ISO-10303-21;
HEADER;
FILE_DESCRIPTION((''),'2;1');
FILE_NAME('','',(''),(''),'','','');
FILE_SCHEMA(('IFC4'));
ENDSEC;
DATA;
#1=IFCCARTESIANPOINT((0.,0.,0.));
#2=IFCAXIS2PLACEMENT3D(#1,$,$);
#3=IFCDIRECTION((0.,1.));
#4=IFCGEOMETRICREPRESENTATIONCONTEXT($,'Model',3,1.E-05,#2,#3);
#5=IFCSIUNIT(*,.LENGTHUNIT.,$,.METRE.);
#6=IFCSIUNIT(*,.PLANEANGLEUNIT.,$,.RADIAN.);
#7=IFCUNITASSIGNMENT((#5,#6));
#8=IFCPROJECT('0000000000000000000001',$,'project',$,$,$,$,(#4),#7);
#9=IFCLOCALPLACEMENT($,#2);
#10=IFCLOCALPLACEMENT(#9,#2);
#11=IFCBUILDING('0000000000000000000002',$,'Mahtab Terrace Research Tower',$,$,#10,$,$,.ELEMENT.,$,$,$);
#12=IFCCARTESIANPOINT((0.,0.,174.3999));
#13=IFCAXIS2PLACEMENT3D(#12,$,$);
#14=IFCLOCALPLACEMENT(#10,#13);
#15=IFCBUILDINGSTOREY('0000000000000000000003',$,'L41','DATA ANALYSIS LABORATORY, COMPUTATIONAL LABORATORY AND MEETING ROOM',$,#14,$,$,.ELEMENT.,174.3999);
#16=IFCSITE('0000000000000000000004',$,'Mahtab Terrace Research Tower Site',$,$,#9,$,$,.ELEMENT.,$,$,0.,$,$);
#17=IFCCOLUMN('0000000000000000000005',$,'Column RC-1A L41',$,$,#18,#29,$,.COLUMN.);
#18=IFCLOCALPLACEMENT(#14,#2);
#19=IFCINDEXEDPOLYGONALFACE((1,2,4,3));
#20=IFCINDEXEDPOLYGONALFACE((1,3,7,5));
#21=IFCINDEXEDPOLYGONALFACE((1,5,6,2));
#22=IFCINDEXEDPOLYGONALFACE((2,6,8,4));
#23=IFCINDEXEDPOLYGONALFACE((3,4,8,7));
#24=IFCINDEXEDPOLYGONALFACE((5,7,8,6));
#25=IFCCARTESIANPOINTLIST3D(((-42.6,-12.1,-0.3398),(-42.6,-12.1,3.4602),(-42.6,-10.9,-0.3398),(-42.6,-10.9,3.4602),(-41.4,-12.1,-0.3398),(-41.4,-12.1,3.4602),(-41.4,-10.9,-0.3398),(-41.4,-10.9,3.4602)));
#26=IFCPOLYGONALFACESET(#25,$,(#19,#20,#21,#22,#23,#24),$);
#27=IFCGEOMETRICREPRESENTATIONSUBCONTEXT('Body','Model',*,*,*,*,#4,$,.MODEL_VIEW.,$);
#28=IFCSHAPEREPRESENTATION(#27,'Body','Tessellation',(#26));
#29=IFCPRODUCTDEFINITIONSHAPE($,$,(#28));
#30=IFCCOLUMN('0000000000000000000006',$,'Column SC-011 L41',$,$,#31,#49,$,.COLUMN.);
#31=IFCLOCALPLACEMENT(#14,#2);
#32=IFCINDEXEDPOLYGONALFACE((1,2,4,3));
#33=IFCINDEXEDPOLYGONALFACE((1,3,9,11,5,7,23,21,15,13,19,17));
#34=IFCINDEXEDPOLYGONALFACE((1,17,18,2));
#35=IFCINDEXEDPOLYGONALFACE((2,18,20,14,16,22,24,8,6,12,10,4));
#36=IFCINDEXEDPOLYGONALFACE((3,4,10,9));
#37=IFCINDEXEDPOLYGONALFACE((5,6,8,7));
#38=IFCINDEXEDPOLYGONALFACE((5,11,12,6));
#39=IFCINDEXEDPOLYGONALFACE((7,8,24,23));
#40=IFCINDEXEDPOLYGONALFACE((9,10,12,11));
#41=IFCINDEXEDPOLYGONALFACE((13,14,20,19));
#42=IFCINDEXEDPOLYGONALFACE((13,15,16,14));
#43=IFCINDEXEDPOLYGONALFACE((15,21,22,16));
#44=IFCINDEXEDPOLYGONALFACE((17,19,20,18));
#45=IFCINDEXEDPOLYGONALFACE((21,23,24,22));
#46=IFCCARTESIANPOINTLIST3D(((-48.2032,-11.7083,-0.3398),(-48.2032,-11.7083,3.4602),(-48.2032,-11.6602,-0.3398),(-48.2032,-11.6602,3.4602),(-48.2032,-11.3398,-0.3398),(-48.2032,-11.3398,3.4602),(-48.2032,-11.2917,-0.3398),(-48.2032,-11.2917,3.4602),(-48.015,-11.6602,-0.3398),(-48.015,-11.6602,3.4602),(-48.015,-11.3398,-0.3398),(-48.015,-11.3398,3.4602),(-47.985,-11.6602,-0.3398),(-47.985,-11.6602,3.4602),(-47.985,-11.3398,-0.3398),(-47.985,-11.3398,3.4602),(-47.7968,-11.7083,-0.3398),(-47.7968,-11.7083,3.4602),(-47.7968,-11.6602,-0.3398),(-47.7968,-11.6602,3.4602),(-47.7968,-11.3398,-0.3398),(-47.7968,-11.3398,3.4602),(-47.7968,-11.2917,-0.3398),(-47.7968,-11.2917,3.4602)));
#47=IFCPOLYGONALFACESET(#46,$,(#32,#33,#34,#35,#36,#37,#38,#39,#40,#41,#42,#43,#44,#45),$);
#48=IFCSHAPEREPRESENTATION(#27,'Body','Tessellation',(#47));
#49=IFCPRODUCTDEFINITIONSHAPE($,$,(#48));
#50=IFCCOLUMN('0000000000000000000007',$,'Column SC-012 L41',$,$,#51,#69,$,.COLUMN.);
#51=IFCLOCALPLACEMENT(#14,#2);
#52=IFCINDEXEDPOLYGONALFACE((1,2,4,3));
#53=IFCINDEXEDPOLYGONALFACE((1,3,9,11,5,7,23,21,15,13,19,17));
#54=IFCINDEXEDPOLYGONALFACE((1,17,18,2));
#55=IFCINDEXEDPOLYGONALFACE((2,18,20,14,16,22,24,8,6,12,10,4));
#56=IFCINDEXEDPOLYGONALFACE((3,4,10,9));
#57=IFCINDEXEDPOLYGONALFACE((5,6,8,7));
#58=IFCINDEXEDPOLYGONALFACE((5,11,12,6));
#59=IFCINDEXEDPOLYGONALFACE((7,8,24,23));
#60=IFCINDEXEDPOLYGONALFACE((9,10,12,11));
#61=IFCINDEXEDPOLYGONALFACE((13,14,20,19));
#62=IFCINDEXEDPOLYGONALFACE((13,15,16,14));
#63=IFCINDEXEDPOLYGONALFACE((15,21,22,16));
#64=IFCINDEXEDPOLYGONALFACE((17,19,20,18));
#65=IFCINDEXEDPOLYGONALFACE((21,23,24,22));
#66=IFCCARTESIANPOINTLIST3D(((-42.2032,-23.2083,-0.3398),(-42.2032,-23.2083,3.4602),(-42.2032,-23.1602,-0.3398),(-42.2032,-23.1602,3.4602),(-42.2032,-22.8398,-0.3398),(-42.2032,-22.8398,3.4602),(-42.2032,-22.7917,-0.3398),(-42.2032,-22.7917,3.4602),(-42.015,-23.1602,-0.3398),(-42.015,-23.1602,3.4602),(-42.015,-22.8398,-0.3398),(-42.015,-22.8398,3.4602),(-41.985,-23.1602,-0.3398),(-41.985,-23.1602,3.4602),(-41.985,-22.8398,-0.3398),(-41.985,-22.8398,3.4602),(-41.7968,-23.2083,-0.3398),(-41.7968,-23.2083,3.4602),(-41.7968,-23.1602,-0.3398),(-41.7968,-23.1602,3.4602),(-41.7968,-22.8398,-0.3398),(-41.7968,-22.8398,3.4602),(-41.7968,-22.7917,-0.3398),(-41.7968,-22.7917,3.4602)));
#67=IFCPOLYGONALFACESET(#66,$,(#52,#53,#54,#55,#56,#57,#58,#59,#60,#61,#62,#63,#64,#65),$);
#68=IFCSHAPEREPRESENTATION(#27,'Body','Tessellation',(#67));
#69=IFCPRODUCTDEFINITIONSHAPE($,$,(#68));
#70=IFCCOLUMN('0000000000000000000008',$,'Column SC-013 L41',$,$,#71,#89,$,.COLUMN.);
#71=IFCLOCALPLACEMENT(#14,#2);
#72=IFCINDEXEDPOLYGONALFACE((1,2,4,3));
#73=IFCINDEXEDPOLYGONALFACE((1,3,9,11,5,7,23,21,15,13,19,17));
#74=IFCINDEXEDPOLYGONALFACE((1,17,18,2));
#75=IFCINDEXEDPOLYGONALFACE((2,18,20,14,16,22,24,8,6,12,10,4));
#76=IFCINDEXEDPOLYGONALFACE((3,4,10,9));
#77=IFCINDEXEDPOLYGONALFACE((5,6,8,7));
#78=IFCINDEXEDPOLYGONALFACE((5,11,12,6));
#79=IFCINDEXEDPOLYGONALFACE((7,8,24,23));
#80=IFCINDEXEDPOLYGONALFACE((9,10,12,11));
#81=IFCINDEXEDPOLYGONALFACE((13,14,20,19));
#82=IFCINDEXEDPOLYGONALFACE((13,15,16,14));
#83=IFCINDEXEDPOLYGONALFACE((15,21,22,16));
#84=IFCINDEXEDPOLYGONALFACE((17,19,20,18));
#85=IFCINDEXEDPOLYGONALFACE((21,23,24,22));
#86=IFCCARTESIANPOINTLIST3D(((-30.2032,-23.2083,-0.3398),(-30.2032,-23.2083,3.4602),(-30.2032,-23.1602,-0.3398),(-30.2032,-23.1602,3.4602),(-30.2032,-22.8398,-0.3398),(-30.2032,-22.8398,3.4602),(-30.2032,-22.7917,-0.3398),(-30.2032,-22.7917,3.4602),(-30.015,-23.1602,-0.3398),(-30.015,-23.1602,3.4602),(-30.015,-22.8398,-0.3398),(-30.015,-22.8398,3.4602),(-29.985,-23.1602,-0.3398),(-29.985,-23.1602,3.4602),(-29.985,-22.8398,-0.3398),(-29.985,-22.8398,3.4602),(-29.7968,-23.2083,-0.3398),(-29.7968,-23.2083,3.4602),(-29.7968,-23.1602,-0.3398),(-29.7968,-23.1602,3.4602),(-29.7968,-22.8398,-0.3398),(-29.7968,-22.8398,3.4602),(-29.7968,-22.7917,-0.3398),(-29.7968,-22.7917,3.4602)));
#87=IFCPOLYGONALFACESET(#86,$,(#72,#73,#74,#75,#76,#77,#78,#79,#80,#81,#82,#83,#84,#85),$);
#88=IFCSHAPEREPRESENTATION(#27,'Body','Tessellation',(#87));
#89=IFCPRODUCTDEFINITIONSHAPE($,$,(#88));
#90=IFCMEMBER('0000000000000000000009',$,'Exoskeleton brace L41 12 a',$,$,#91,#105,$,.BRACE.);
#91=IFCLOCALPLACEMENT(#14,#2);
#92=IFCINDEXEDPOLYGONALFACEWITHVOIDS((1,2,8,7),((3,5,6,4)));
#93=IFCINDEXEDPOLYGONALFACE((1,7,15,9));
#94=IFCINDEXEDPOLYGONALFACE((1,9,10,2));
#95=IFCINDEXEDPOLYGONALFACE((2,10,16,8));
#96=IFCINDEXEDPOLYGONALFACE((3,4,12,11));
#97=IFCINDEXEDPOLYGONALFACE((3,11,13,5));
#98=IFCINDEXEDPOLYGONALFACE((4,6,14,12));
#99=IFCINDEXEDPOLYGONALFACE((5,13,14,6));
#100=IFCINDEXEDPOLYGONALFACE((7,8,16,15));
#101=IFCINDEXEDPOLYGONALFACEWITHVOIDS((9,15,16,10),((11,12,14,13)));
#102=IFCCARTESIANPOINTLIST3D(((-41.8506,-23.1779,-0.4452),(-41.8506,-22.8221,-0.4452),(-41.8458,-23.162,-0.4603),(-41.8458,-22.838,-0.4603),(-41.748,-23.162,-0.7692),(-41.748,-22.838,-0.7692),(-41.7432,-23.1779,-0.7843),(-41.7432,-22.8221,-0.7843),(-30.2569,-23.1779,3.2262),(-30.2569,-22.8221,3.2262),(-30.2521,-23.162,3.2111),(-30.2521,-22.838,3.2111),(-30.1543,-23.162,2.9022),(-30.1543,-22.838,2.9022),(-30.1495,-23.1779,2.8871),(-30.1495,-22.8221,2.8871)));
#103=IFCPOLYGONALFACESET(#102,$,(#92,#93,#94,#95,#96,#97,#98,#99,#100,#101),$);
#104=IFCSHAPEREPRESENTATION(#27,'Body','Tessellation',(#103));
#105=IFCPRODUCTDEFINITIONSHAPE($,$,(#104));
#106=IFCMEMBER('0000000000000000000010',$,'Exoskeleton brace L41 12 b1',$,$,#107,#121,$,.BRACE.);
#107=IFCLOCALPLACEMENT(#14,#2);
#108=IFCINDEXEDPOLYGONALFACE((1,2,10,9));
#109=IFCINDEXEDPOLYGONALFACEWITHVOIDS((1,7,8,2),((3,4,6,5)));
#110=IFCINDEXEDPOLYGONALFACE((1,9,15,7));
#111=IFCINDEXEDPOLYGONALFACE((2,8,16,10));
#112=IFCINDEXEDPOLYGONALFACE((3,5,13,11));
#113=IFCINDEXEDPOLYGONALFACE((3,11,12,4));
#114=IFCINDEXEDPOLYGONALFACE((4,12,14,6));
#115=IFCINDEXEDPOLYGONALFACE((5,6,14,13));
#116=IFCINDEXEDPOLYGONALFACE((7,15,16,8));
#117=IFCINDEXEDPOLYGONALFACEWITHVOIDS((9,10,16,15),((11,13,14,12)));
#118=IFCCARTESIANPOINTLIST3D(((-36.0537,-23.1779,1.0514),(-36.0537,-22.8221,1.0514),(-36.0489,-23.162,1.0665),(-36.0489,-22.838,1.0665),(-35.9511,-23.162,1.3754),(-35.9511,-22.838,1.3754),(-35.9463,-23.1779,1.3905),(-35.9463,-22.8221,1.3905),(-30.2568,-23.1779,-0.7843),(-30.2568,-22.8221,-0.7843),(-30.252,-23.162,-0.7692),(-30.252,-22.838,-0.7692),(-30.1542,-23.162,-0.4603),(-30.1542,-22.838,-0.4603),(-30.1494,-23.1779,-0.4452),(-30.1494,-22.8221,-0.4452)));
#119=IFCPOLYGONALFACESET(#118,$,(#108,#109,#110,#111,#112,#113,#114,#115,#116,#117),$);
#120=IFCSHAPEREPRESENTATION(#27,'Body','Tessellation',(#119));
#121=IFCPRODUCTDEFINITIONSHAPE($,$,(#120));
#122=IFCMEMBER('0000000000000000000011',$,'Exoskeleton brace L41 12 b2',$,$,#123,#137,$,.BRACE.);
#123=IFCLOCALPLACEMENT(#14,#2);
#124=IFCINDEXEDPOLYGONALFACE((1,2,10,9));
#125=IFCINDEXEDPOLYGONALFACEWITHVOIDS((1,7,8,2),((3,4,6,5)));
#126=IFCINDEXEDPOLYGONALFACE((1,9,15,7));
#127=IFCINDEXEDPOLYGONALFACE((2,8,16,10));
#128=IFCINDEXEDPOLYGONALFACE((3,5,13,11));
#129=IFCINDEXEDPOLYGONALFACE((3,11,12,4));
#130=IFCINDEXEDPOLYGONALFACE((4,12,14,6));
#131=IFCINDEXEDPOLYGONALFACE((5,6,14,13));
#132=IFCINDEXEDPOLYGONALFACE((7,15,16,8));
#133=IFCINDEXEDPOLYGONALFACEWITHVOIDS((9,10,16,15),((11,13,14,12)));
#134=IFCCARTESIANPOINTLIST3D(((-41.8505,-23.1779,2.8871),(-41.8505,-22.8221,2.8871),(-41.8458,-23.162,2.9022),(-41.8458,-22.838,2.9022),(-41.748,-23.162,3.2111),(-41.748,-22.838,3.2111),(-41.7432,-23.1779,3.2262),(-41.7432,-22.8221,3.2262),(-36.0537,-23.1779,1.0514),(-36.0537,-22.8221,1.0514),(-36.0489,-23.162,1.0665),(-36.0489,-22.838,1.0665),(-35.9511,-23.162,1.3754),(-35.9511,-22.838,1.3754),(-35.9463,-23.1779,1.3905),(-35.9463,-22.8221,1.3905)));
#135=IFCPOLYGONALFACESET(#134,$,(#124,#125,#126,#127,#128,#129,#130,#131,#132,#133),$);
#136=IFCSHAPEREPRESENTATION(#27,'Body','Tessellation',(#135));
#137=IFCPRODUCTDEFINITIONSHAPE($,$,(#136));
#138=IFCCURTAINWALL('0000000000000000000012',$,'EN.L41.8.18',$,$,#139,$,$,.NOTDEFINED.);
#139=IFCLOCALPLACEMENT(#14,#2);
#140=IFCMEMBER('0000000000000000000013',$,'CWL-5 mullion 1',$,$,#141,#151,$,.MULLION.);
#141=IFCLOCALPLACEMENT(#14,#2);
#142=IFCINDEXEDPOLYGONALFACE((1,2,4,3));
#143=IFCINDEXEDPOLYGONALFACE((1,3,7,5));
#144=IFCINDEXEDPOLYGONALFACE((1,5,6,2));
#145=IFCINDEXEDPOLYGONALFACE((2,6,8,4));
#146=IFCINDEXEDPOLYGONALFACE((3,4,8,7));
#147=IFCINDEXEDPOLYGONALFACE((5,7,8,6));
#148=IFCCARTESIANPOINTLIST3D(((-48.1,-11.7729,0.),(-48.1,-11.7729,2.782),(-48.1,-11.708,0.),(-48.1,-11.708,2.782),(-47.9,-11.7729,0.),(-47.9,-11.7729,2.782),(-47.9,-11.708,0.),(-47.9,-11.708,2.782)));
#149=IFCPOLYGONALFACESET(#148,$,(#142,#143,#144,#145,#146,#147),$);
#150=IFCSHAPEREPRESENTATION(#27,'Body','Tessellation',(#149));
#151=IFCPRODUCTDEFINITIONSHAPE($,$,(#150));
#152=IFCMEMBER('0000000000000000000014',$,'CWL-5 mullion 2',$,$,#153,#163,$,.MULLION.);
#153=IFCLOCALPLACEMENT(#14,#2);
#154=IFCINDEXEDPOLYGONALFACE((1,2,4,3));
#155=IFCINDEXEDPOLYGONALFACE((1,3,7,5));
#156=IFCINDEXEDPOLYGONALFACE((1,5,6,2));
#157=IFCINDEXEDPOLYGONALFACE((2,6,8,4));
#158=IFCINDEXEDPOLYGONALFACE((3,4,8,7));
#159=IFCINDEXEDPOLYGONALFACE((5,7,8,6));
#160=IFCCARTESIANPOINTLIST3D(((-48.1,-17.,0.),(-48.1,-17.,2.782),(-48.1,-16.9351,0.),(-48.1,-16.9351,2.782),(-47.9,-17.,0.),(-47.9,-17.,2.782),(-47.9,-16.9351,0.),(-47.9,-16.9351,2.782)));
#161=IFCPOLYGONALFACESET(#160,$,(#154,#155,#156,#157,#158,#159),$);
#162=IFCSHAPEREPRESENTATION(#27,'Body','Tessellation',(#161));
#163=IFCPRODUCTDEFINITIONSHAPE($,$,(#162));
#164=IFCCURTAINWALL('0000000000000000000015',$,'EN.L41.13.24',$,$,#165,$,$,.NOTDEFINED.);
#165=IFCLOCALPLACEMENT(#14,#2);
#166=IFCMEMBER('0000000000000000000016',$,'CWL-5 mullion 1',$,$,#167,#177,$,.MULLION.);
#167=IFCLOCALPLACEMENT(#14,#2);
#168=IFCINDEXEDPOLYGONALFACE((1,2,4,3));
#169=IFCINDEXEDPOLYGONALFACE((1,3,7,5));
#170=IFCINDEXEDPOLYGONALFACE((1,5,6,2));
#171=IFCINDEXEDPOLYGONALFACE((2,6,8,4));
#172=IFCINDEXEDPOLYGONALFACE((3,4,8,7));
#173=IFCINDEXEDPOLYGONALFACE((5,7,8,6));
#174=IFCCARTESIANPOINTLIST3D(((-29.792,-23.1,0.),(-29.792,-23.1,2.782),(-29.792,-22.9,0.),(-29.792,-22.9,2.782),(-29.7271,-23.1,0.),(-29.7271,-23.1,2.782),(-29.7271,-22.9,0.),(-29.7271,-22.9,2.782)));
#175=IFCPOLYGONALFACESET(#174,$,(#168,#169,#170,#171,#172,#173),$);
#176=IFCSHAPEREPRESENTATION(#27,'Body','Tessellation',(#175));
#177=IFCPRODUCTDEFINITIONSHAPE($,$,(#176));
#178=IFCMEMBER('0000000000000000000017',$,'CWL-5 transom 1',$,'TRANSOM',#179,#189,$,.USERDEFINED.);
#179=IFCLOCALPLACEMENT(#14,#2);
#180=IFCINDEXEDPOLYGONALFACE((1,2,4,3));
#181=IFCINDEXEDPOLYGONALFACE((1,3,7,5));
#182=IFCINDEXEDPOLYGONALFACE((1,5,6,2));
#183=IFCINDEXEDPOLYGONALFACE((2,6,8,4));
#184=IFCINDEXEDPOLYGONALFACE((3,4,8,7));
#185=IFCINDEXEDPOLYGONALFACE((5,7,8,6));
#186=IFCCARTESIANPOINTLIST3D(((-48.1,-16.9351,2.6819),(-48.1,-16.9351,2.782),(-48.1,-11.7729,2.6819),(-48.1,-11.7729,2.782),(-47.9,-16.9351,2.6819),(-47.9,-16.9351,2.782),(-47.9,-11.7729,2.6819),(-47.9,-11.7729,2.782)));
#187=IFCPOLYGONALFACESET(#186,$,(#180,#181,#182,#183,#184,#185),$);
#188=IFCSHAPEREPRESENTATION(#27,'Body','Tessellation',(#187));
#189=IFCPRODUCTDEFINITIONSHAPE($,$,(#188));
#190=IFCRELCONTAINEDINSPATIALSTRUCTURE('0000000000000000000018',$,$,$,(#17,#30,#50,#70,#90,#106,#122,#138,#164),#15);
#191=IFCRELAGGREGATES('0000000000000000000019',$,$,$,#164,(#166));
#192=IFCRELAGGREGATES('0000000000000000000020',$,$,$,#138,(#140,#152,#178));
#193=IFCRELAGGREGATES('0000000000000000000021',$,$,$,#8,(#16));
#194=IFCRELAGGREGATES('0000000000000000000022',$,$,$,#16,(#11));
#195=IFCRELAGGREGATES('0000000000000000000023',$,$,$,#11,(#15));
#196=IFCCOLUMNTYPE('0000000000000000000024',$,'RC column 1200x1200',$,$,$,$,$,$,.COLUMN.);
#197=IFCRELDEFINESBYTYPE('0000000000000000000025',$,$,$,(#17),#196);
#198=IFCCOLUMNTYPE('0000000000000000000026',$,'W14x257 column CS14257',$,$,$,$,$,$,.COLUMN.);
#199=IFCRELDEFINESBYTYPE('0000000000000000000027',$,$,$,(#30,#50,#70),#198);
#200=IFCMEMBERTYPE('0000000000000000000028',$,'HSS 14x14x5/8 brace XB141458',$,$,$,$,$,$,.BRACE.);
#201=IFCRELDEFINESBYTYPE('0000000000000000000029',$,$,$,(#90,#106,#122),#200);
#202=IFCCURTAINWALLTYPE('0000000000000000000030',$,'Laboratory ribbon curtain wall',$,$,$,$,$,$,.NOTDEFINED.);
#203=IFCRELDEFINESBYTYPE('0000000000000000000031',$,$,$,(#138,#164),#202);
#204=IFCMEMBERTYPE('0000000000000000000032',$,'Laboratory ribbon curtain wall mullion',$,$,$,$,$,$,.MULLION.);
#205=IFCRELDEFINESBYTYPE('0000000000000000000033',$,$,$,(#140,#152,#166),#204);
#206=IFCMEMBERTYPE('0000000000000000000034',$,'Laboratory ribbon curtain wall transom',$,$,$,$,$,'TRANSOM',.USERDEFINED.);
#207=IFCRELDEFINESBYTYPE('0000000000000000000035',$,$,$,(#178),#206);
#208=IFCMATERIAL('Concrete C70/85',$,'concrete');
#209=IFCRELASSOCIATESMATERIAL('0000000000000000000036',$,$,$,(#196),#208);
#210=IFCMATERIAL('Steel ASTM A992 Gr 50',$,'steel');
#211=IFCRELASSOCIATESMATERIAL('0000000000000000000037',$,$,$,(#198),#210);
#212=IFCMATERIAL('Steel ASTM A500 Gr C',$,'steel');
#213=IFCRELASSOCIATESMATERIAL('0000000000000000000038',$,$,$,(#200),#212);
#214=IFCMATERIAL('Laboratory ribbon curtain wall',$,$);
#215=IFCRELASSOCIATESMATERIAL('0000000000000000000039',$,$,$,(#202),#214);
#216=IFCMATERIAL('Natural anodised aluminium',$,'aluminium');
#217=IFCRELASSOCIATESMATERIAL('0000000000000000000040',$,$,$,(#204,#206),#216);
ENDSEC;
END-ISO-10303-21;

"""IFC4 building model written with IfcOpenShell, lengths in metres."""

from ifc_helpers import new_model, si_unit, direction, frame, origin, origin_2d, place, context, subcontext, project, spatial, rectangle, hollow_rectangle, i_section, extrude, material, material_profile, profile_set, type_object, element, aggregate, save


model = new_model("IFC4")

# Units and contexts
model_context = context("Model", 3, precision=1e-05, world=origin(), true_north=direction((0.0, 1.0)))
body_context = subcontext(model_context, "Body", "Model", "MODEL_VIEW")
ifc_project = project(units=[si_unit("LENGTHUNIT", "METRE"), si_unit("PLANEANGLEUNIT", "RADIAN")], contexts=[model_context])

# Site, building, storey
site_placement = place(None, origin())
site = spatial("IfcSite", under=ifc_project, at=site_placement, Name="Mahtab Terrace Research Tower Site", CompositionType="ELEMENT", RefElevation=0.0)
building_placement = place(site_placement, origin())
building = spatial("IfcBuilding", under=site, at=building_placement, Name="Mahtab Terrace Research Tower", CompositionType="ELEMENT")
storey_placement = place(building_placement, frame((0.0, 0.0, 174.3999)))
storey = spatial("IfcBuildingStorey", under=building, at=storey_placement, Name="L41", Description="DATA ANALYSIS LABORATORY, COMPUTATIONAL LABORATORY AND MEETING ROOM", CompositionType="ELEMENT", Elevation=174.3999)

# Columns
ifc_material_1 = material(Name="Concrete C70/85", Category="concrete")
ifc_material_profile_1 = material_profile(ifc_material_1, rectangle(XDim=1.2, YDim=1.2, at=origin_2d()), Name="RC column 1200x1200")
ifc_profile_set_1 = profile_set([ifc_material_profile_1], Name="Concrete C70/85")
column_type_1 = type_object("IfcColumnType", Name="RC column 1200x1200", PredefinedType="COLUMN", material=ifc_profile_set_1)
column_placement = place(storey_placement, frame((-42.0, -11.5, -0.3398), z_axis=(0.0, 0.0, 1.0), x_axis=(1.0, 0.0, 0.0)))
element("IfcColumn", 1, at=column_placement, inside=storey, type_object=column_type_1, Name="Column RC-1A L41", PredefinedType="COLUMN", context=body_context, shape_type="SweptSolid", body=[
    extrude(rectangle(XDim=1.2, YDim=1.2, at=origin_2d()), origin(), (0.0, 0.0, 1.0), 3.8),
])
ifc_material_2 = material(Name="Steel ASTM A992 Gr 50", Category="steel")
ifc_material_profile_2 = material_profile(ifc_material_2, i_section(OverallWidth=0.4065, OverallDepth=0.4165, WebThickness=0.03, FlangeThickness=0.0481, at=origin_2d()), Name="W14X257")
ifc_profile_set_2 = profile_set([ifc_material_profile_2], Name="Steel ASTM A992 Gr 50")
column_type_2 = type_object("IfcColumnType", Name="W14x257 column CS14257", PredefinedType="COLUMN", material=ifc_profile_set_2)
for number, where, z_axis, x_axis, name in (
    (2, (-48.0, -11.5, -0.3398), (0.0, 0.0, 1.0), (1.0, 0.0, 0.0), "Column SC-011 L41"),
    (3, (-42.0, -23.0, -0.3398), (0.0, 0.0, 1.0), (1.0, 0.0, 0.0), "Column SC-012 L41"),
    (4, (-30.0, -23.0, -0.3398), (0.0, 0.0, 1.0), (1.0, 0.0, 0.0), "Column SC-013 L41"),
):
    element("IfcColumn", number, at=place(storey_placement, frame(where, z_axis=z_axis, x_axis=x_axis)), inside=storey, type_object=column_type_2, Name=name, PredefinedType="COLUMN", context=body_context, shape_type="SweptSolid", body=[
        extrude(i_section(OverallWidth=0.4065, OverallDepth=0.4165, WebThickness=0.03, FlangeThickness=0.0481, at=origin_2d()), origin(), (0.0, 0.0, 1.0), 3.8),
    ])

# Members
ifc_material_3 = material(Name="Steel ASTM A500 Gr C", Category="steel")
ifc_material_profile_3 = material_profile(ifc_material_3, hollow_rectangle(XDim=0.3557, YDim=0.3557, WallThickness=0.0159, at=origin_2d()), Name="HSS14X14X5/8")
ifc_profile_set_3 = profile_set([ifc_material_profile_3], Name="Steel ASTM A500 Gr C")
member_type_1 = type_object("IfcMemberType", Name="HSS 14x14x5/8 brace XB141458", PredefinedType="BRACE", material=ifc_profile_set_3)
member_1_placement = place(storey_placement, frame((-41.7969, -23.0, -0.6147), z_axis=(0.953341, 0.0, 0.301894), x_axis=(0.0, 1.0, 0.0)))
element("IfcMember", 5, at=member_1_placement, inside=storey, type_object=member_type_1, Name="Exoskeleton brace L41 12 a", PredefinedType="BRACE", context=body_context, shape_type="SweptSolid", body=[
    extrude(hollow_rectangle(XDim=0.3557, YDim=0.3557, WallThickness=0.0159, at=origin_2d()), origin(), (0.0, 0.0, 1.0), 12.1611),
])
for number, where, z_axis, x_axis, name in (
    (6, (-30.2031, -23.0, -0.6147), (-0.953341, 0.0, 0.301894), (0.0, -1.0, 0.0), "Exoskeleton brace L41 12 b1"),
    (7, (-36.0, -23.0, 1.2209), (-0.953341, 0.0, 0.301894), (0.0, -1.0, 0.0), "Exoskeleton brace L41 12 b2"),
):
    element("IfcMember", number, at=place(storey_placement, frame(where, z_axis=z_axis, x_axis=x_axis)), inside=storey, type_object=member_type_1, Name=name, PredefinedType="BRACE", context=body_context, shape_type="SweptSolid", body=[
        extrude(hollow_rectangle(XDim=0.3557, YDim=0.3557, WallThickness=0.0159, at=origin_2d()), origin(), (0.0, 0.0, 1.0), 6.0806),
    ])

# Curtain wall, members
ifc_material_4 = material(Name="Laboratory ribbon curtain wall")
curtain_wall_type = type_object("IfcCurtainWallType", Name="Laboratory ribbon curtain wall", PredefinedType="NOTDEFINED", material=ifc_material_4)
curtain_wall_1_placement = place(storey_placement, origin())
curtain_wall_1 = element("IfcCurtainWall", 8, at=curtain_wall_1_placement, inside=storey, type_object=curtain_wall_type, Name="EN.L41.8.18", PredefinedType="NOTDEFINED")
ifc_material_5 = material(Name="Natural anodised aluminium", Category="aluminium")
ifc_material_profile_4 = material_profile(ifc_material_5, rectangle(XDim=0.2, YDim=0.0649, at=origin_2d()), Name="MULLION 65x200")
ifc_profile_set_4 = profile_set([ifc_material_profile_4], Name="Natural anodised aluminium")
member_type_2 = type_object("IfcMemberType", Name="Laboratory ribbon curtain wall mullion", PredefinedType="MULLION", material=ifc_profile_set_4)
member_2_placement = place(storey_placement, frame((-48.0, -11.7405, 0.0), z_axis=(0.0, 0.0, 1.0), x_axis=(1.0, 0.0, 0.0)))
member_2 = element("IfcMember", 9, at=member_2_placement, type_object=member_type_2, Name="CWL-5 mullion 1", PredefinedType="MULLION", context=body_context, shape_type="SweptSolid", body=[
    extrude(rectangle(XDim=0.2, YDim=0.0649, at=origin_2d()), origin(), (0.0, 0.0, 1.0), 2.782),
])
member_3_placement = place(storey_placement, frame((-48.0, -16.9675, 0.0), z_axis=(0.0, 0.0, 1.0), x_axis=(1.0, 0.0, 0.0)))
member_3 = element("IfcMember", 10, at=member_3_placement, type_object=member_type_2, Name="CWL-5 mullion 2", PredefinedType="MULLION", context=body_context, shape_type="SweptSolid", body=[
    extrude(rectangle(XDim=0.2, YDim=0.0649, at=origin_2d()), origin(), (0.0, 0.0, 1.0), 2.782),
])

# Curtain wall, member
curtain_wall_2_placement = place(storey_placement, origin())
curtain_wall_2 = element("IfcCurtainWall", 11, at=curtain_wall_2_placement, inside=storey, type_object=curtain_wall_type, Name="EN.L41.13.24", PredefinedType="NOTDEFINED")
member_4_placement = place(storey_placement, frame((-29.7595, -23.0, 0.0), z_axis=(0.0, 0.0, 1.0), x_axis=(0.0, 1.0, 0.0)))
member_4 = element("IfcMember", 12, at=member_4_placement, type_object=member_type_2, Name="CWL-5 mullion 1", PredefinedType="MULLION", context=body_context, shape_type="SweptSolid", body=[
    extrude(rectangle(XDim=0.2, YDim=0.0649, at=origin_2d()), origin(), (0.0, 0.0, 1.0), 2.782),
])

# Member
ifc_material_profile_5 = material_profile(ifc_material_5, rectangle(XDim=0.2, YDim=0.1001, at=origin_2d()), Name="TRANSOM 100x200")
ifc_profile_set_5 = profile_set([ifc_material_profile_5], Name="Natural anodised aluminium")
member_type_3 = type_object("IfcMemberType", Name="Laboratory ribbon curtain wall transom", ElementType="TRANSOM", PredefinedType="USERDEFINED", material=ifc_profile_set_5)
member_5_placement = place(storey_placement, frame((-48.0, -11.7729, 2.7319), z_axis=(0.0, -1.0, 0.0), x_axis=(1.0, 0.0, 0.0)))
member_5 = element("IfcMember", 13, at=member_5_placement, type_object=member_type_3, Name="CWL-5 transom 1", ObjectType="TRANSOM", PredefinedType="USERDEFINED", context=body_context, shape_type="SweptSolid", body=[
    extrude(rectangle(XDim=0.2, YDim=0.1001, at=origin_2d()), origin(), (0.0, 0.0, 1.0), 5.1621),
])
aggregate(curtain_wall_2, [member_4])

aggregate(curtain_wall_1, [member_2, member_3, member_5])

save(model, "model.ifc")
